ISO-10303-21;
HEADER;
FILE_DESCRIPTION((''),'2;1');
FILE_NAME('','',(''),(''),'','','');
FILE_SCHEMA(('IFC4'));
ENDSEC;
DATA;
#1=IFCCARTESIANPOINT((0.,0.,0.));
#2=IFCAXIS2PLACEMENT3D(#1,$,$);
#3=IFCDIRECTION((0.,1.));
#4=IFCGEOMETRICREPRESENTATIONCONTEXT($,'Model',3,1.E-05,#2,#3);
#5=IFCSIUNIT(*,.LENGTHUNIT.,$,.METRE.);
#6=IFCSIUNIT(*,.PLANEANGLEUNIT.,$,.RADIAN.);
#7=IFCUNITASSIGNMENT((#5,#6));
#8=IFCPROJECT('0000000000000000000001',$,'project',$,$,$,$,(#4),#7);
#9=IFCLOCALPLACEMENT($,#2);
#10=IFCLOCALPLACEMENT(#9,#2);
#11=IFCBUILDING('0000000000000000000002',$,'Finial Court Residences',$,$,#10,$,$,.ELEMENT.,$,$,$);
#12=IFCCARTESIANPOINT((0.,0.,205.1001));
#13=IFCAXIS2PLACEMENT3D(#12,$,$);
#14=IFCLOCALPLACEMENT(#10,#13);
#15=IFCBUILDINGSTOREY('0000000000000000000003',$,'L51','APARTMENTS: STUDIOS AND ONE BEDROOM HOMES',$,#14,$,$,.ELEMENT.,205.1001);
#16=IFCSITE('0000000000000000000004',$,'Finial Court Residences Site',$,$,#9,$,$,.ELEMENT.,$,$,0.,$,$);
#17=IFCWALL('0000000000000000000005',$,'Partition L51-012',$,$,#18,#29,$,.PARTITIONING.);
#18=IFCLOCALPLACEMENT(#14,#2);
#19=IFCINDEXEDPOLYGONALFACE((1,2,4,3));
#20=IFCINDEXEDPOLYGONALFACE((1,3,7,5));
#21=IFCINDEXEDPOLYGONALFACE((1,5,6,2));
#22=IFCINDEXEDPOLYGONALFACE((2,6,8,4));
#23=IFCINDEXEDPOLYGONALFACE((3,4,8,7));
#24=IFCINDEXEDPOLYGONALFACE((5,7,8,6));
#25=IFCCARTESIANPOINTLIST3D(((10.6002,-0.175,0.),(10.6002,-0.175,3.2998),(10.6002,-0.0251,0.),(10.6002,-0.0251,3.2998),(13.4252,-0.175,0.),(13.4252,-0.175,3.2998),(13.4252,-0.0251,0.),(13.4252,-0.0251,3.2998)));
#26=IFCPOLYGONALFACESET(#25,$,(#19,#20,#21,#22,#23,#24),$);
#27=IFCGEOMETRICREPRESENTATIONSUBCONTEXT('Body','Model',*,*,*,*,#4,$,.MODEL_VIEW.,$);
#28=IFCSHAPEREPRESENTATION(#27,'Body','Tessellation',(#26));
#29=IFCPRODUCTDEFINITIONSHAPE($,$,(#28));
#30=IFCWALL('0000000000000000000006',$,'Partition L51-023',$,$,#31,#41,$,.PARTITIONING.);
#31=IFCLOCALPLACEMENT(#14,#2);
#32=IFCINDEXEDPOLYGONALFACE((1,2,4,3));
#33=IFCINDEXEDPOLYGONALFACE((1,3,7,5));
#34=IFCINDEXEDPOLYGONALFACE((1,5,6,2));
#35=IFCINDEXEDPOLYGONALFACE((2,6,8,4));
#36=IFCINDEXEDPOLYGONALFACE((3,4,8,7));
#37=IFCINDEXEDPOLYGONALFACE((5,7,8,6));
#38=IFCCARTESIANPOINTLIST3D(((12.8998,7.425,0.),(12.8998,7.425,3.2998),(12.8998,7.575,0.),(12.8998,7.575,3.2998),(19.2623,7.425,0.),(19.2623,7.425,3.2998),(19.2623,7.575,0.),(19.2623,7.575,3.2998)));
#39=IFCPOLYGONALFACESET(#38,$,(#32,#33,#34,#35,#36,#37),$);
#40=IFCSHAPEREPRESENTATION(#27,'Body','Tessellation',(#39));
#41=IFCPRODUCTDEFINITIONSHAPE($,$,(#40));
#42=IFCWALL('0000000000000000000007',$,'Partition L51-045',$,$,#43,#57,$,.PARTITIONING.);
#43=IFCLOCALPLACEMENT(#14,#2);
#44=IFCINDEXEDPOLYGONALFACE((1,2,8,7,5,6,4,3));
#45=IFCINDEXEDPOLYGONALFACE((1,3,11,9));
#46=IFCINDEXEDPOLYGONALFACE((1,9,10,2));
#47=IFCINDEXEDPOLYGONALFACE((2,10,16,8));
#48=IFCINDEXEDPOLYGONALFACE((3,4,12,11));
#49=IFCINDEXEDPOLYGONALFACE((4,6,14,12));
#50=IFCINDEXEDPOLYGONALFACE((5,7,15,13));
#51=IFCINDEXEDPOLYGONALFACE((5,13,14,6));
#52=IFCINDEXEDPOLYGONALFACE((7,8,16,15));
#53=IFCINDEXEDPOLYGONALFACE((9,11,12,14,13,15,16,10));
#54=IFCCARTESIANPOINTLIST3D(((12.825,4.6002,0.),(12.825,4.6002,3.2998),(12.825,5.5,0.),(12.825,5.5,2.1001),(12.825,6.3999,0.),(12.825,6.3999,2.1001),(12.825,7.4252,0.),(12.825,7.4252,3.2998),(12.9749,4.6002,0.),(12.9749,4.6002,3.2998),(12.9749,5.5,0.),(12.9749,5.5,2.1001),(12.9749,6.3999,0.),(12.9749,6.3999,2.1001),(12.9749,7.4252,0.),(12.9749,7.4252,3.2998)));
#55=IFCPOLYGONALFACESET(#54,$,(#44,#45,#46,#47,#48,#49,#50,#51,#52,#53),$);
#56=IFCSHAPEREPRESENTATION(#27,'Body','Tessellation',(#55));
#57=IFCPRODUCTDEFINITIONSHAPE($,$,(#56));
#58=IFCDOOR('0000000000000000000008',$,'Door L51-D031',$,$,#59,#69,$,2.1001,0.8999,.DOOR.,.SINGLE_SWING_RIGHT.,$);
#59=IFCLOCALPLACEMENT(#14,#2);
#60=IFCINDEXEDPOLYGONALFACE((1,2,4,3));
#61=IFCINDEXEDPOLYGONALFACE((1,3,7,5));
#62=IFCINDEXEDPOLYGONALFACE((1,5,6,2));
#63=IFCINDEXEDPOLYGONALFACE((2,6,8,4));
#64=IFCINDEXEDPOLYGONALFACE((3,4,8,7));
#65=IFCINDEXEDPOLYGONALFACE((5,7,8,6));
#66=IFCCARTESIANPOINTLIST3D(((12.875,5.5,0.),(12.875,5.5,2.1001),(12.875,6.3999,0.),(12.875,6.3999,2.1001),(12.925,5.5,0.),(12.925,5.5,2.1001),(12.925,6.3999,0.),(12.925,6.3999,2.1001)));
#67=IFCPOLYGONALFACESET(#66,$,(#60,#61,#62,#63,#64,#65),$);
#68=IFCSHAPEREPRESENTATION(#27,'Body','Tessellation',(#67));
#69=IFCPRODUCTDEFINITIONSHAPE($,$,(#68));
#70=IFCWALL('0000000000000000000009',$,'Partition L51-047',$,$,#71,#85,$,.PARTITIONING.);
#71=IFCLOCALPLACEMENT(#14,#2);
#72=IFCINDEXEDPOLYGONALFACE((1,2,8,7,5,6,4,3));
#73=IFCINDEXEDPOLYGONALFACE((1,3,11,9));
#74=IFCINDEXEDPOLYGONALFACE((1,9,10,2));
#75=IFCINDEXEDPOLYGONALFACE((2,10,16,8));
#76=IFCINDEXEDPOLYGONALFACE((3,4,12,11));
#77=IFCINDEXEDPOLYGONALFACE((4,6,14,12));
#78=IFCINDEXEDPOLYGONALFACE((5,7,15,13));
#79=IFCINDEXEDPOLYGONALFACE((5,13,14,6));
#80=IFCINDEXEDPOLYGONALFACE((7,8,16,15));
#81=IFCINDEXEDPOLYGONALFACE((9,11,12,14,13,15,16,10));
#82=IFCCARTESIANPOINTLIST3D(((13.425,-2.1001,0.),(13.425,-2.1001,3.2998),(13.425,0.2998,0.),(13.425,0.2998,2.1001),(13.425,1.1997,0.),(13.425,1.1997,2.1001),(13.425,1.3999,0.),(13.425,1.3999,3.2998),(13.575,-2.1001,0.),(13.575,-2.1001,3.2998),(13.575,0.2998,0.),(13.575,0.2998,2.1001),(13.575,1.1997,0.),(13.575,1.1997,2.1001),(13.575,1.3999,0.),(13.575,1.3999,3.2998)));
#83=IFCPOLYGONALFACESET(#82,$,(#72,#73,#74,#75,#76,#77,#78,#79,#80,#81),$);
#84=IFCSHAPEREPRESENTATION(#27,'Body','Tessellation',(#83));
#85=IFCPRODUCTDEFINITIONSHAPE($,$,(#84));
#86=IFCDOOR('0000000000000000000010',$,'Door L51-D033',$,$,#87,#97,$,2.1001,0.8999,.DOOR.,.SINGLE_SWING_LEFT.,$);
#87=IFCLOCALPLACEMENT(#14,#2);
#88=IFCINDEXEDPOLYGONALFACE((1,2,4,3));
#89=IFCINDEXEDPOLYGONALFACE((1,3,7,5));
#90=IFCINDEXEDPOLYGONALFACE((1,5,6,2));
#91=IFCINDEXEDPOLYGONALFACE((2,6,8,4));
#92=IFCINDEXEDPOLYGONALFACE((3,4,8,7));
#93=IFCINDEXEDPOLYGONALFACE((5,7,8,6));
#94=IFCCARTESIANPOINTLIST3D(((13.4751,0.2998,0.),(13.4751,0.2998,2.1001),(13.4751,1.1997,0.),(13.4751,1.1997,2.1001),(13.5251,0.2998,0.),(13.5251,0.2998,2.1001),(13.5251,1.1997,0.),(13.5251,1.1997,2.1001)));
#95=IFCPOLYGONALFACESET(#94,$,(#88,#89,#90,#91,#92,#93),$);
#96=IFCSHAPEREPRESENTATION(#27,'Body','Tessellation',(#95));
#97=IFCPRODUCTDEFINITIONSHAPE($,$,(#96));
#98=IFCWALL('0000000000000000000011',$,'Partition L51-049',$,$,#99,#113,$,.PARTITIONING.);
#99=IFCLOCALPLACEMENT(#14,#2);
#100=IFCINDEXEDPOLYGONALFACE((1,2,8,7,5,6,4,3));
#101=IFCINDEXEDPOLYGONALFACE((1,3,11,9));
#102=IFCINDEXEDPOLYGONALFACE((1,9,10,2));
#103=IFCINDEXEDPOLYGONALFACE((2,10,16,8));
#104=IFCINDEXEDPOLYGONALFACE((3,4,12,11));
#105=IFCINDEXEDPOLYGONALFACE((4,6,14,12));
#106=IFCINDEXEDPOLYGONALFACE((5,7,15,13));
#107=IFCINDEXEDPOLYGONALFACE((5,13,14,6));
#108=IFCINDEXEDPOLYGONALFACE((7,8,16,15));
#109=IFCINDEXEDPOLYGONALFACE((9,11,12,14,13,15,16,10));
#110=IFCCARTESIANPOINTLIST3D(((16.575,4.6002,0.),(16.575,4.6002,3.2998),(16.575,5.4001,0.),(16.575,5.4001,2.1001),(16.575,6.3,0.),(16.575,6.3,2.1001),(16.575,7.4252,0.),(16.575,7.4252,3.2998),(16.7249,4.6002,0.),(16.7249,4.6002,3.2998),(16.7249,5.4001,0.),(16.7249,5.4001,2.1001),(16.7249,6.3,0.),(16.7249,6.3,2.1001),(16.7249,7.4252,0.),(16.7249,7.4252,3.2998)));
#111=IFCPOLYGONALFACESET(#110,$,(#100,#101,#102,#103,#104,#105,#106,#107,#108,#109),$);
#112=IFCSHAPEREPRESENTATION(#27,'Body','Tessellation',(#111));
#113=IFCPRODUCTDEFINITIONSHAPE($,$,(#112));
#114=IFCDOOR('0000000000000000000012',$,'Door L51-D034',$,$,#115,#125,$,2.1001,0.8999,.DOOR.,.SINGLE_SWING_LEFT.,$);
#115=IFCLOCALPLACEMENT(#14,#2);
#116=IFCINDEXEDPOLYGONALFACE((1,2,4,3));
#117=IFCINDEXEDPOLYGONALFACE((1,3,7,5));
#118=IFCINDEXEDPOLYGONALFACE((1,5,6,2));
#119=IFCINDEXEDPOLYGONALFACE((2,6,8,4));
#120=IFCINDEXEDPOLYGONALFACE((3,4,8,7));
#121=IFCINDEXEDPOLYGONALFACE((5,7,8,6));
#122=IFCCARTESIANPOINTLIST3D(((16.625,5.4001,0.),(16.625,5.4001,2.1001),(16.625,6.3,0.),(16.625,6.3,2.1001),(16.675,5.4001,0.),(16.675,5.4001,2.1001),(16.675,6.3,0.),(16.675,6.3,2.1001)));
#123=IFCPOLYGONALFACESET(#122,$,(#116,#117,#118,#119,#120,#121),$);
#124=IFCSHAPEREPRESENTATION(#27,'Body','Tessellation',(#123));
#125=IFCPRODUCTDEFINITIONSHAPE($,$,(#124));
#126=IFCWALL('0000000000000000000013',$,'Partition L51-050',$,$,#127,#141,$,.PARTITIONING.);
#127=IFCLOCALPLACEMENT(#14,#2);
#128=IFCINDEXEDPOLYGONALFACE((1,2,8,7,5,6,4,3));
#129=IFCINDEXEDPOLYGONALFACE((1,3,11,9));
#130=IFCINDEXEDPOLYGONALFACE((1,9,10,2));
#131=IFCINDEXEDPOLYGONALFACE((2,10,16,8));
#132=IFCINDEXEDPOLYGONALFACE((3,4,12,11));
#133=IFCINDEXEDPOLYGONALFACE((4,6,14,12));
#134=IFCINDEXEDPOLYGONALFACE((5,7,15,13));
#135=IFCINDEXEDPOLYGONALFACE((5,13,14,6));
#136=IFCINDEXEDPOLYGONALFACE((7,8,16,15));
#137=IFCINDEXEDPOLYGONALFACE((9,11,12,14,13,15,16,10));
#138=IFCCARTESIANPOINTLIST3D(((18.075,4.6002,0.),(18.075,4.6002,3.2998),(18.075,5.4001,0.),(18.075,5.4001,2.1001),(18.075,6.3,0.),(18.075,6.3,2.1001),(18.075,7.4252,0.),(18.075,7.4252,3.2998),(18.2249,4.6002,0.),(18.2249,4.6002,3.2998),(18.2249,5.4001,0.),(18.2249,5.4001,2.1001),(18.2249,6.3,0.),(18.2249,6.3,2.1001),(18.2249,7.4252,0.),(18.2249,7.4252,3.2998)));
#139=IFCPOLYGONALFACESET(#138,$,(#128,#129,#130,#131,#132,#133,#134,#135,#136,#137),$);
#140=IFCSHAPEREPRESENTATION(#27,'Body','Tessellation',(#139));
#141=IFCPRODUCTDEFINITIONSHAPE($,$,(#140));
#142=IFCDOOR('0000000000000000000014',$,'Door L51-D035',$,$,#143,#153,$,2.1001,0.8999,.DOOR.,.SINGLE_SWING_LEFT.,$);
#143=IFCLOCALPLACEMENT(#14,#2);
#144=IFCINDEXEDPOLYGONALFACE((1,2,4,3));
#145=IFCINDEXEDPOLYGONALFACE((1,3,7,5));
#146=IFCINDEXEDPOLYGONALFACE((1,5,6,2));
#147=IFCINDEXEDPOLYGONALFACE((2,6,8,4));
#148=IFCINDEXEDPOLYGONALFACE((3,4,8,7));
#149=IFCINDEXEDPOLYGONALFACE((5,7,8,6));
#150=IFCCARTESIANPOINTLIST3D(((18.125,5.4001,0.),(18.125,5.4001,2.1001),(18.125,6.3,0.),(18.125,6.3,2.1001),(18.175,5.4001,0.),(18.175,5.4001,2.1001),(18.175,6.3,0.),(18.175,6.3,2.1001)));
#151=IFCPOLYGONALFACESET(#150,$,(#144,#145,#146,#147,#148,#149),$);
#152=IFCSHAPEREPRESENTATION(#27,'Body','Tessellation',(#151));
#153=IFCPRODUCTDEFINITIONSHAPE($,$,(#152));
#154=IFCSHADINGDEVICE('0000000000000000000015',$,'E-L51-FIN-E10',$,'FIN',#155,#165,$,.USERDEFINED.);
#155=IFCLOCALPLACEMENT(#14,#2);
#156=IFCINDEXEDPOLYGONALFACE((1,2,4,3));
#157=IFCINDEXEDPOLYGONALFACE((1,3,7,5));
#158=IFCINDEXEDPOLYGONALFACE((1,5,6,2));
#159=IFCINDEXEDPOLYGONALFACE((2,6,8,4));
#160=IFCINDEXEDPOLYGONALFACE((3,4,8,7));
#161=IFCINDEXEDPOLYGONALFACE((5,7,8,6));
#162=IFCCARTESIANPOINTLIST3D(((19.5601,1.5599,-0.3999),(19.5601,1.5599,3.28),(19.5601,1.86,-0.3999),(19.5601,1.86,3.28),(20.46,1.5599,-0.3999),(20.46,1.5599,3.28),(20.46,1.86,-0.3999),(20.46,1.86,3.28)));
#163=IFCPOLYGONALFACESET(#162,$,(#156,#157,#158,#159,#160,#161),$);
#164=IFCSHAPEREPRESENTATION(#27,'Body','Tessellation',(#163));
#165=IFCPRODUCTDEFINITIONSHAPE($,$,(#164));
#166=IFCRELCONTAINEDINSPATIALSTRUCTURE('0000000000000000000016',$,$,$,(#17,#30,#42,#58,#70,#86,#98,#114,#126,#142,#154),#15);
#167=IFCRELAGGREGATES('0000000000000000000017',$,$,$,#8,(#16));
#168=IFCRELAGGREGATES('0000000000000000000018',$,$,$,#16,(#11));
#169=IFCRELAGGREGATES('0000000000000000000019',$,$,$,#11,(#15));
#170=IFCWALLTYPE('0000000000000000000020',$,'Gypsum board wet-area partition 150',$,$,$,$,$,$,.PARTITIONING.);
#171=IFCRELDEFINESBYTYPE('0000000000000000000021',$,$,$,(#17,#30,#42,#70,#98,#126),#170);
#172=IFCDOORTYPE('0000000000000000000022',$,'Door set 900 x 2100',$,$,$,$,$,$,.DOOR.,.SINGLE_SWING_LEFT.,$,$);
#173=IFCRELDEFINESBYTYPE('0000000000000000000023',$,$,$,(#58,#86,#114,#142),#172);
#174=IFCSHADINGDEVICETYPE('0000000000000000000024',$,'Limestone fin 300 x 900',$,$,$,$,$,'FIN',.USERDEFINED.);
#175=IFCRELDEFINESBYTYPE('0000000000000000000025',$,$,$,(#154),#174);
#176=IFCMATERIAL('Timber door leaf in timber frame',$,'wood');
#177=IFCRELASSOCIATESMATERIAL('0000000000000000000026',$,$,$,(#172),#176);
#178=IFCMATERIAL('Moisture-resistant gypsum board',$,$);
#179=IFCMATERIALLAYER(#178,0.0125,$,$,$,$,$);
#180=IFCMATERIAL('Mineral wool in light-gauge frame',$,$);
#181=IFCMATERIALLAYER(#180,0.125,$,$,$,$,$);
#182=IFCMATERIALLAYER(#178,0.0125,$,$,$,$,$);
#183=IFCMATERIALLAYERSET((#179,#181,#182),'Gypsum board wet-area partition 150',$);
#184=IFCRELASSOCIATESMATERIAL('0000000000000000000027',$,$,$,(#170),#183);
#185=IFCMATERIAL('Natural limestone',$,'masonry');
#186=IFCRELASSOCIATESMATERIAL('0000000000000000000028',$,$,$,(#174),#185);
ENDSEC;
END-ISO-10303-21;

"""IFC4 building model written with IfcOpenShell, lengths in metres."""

from ifc_helpers import new_model, si_unit, direction, frame, frame_2d, origin, origin_2d, place, context, subcontext, project, spatial, rectangle, extrude, material, layer, layer_set, type_object, element, fill, save


model = new_model("IFC4")

# Units and contexts
model_context = context("Model", 3, precision=1e-05, world=origin(), true_north=direction((0.0, 1.0)))
body_context = subcontext(model_context, "Body", "Model", "MODEL_VIEW")
ifc_project = project(units=[si_unit("LENGTHUNIT", "METRE"), si_unit("PLANEANGLEUNIT", "RADIAN")], contexts=[model_context])

# Site, building, storey
site_placement = place(None, origin())
site = spatial("IfcSite", under=ifc_project, at=site_placement, Name="Finial Court Residences Site", CompositionType="ELEMENT", RefElevation=0.0)
building_placement = place(site_placement, origin())
building = spatial("IfcBuilding", under=site, at=building_placement, Name="Finial Court Residences", CompositionType="ELEMENT")
storey_placement = place(building_placement, frame((0.0, 0.0, 205.1001)))
storey = spatial("IfcBuildingStorey", under=building, at=storey_placement, Name="L51", Description="APARTMENTS: STUDIOS AND ONE BEDROOM HOMES", CompositionType="ELEMENT", Elevation=205.1001)

# Shared definitions
ifc_material_1 = material(Name="Mineral wool in light-gauge frame")
ifc_material_2 = material(Name="Timber door leaf in timber frame", Category="wood")
door_type = type_object("IfcDoorType", Name="Door set 900 x 2100", OperationType="SINGLE_SWING_LEFT", PredefinedType="DOOR", material=ifc_material_2)

# Walls
ifc_material_3 = material(Name="Moisture-resistant gypsum board")
ifc_layer_1 = layer(ifc_material_3, 0.0125)
ifc_layer_2 = layer(ifc_material_1, 0.125)
ifc_layer_3 = layer(ifc_material_3, 0.0125)
ifc_layer_set_1 = layer_set([ifc_layer_1, ifc_layer_2, ifc_layer_3], Name="Gypsum board wet-area partition 150")
wall_type_1 = type_object("IfcWallType", Name="Gypsum board wet-area partition 150", PredefinedType="PARTITIONING", material=ifc_layer_set_1)
wall_1_placement = place(storey_placement, frame((10.6001, -0.1001, 0.0), z_axis=(0.0, 0.0, 1.0), x_axis=(1.0, 0.0, 0.0)))
element("IfcWall", 1, at=wall_1_placement, inside=storey, type_object=wall_type_1, Name="Partition L51-012", PredefinedType="PARTITIONING", context=body_context, shape_type="SweptSolid", body=[
    extrude(rectangle(XDim=2.825, YDim=0.1499, at=frame_2d((1.4126, 0.0))), origin(), (0.0, 0.0, 1.0), 3.2998),
])
wall_2_placement = place(storey_placement, frame((12.8999, 7.5, 0.0), z_axis=(0.0, 0.0, 1.0), x_axis=(1.0, 0.0, 0.0)))
element("IfcWall", 2, at=wall_2_placement, inside=storey, type_object=wall_type_1, Name="Partition L51-023", PredefinedType="PARTITIONING", context=body_context, shape_type="SweptSolid", body=[
    extrude(rectangle(XDim=6.3625, YDim=0.1499, at=frame_2d((3.1812, 0.0))), origin(), (0.0, 0.0, 1.0), 3.2998),
])

# Walls, openings, doors
wall_3_placement = place(storey_placement, frame((12.8999, 4.6001, 0.0), z_axis=(0.0, 0.0, 1.0), x_axis=(0.0, 1.0, 0.0)))
wall_3 = element("IfcWall", 3, at=wall_3_placement, inside=storey, type_object=wall_type_1, Name="Partition L51-045", PredefinedType="PARTITIONING", context=body_context, shape_type="SweptSolid", body=[
    extrude(rectangle(XDim=2.825, YDim=0.1499, at=frame_2d((1.4126, 0.0))), origin(), (0.0, 0.0, 1.0), 3.2998),
])
opening_1_placement = place(wall_3_placement, frame((0.8999, 0.0, 0.0)))
opening_1 = element("IfcOpeningElement", 4, at=opening_1_placement, cuts=wall_3, PredefinedType="OPENING", context=body_context, shape_type="SweptSolid", body=[
    extrude(rectangle(XDim=0.8999, YDim=2.1001, at=frame_2d((0.45, 1.05))), frame((0.0, 0.085, 0.0), z_axis=(0.0, -1.0, 0.0), x_axis=(1.0, 0.0, 0.0)), (0.0, 0.0, 1.0), 0.1699),
])
door_1_placement = place(opening_1_placement, origin())
door_1 = element("IfcDoor", 5, at=door_1_placement, inside=storey, type_object=door_type, Name="Door L51-D031", OperationType="SINGLE_SWING_RIGHT", OverallHeight=2.1001, OverallWidth=0.8999, PredefinedType="DOOR", context=body_context, shape_type="SweptSolid", body=[
    extrude(rectangle(XDim=0.8999, YDim=2.1001, at=frame_2d((0.45, 1.05))), frame((0.0, 0.0249, 0.0), z_axis=(0.0, -1.0, 0.0), x_axis=(1.0, 0.0, 0.0)), (0.0, 0.0, 1.0), 0.05),
])
fill(opening_1, door_1)
wall_4_placement = place(storey_placement, frame((13.5, -2.1001, 0.0), z_axis=(0.0, 0.0, 1.0), x_axis=(0.0, 1.0, 0.0)))
wall_4 = element("IfcWall", 6, at=wall_4_placement, inside=storey, type_object=wall_type_1, Name="Partition L51-047", PredefinedType="PARTITIONING", context=body_context, shape_type="SweptSolid", body=[
    extrude(rectangle(XDim=3.5, YDim=0.1499, at=frame_2d((1.75, 0.0))), origin(), (0.0, 0.0, 1.0), 3.2998),
])
opening_2_placement = place(wall_4_placement, frame((2.3999, 0.0, 0.0)))
opening_2 = element("IfcOpeningElement", 7, at=opening_2_placement, cuts=wall_4, PredefinedType="OPENING", context=body_context, shape_type="SweptSolid", body=[
    extrude(rectangle(XDim=0.8999, YDim=2.1001, at=frame_2d((0.45, 1.05))), frame((0.0, 0.085, 0.0), z_axis=(0.0, -1.0, 0.0), x_axis=(1.0, 0.0, 0.0)), (0.0, 0.0, 1.0), 0.1699),
])
door_2_placement = place(opening_2_placement, origin())
door_2 = element("IfcDoor", 8, at=door_2_placement, inside=storey, type_object=door_type, Name="Door L51-D033", OperationType="SINGLE_SWING_LEFT", OverallHeight=2.1001, OverallWidth=0.8999, PredefinedType="DOOR", context=body_context, shape_type="SweptSolid", body=[
    extrude(rectangle(XDim=0.8999, YDim=2.1001, at=frame_2d((0.45, 1.05))), frame((0.0, 0.0249, 0.0), z_axis=(0.0, -1.0, 0.0), x_axis=(1.0, 0.0, 0.0)), (0.0, 0.0, 1.0), 0.05),
])
fill(opening_2, door_2)
wall_5_placement = place(storey_placement, frame((16.6499, 4.6001, 0.0), z_axis=(0.0, 0.0, 1.0), x_axis=(0.0, 1.0, 0.0)))
wall_5 = element("IfcWall", 9, at=wall_5_placement, inside=storey, type_object=wall_type_1, Name="Partition L51-049", PredefinedType="PARTITIONING", context=body_context, shape_type="SweptSolid", body=[
    extrude(rectangle(XDim=2.825, YDim=0.1499, at=frame_2d((1.4126, 0.0))), origin(), (0.0, 0.0, 1.0), 3.2998),
])
opening_3_placement = place(wall_5_placement, frame((0.8, 0.0, 0.0)))
opening_3 = element("IfcOpeningElement", 10, at=opening_3_placement, cuts=wall_5, PredefinedType="OPENING", context=body_context, shape_type="SweptSolid", body=[
    extrude(rectangle(XDim=0.8999, YDim=2.1001, at=frame_2d((0.45, 1.05))), frame((0.0, 0.085, 0.0), z_axis=(0.0, -1.0, 0.0), x_axis=(1.0, 0.0, 0.0)), (0.0, 0.0, 1.0), 0.1699),
])
door_3_placement = place(opening_3_placement, origin())
door_3 = element("IfcDoor", 11, at=door_3_placement, inside=storey, type_object=door_type, Name="Door L51-D034", OperationType="SINGLE_SWING_LEFT", OverallHeight=2.1001, OverallWidth=0.8999, PredefinedType="DOOR", context=body_context, shape_type="SweptSolid", body=[
    extrude(rectangle(XDim=0.8999, YDim=2.1001, at=frame_2d((0.45, 1.05))), frame((0.0, 0.0249, 0.0), z_axis=(0.0, -1.0, 0.0), x_axis=(1.0, 0.0, 0.0)), (0.0, 0.0, 1.0), 0.05),
])
fill(opening_3, door_3)
wall_6_placement = place(storey_placement, frame((18.1499, 4.6001, 0.0), z_axis=(0.0, 0.0, 1.0), x_axis=(0.0, 1.0, 0.0)))
wall_6 = element("IfcWall", 12, at=wall_6_placement, inside=storey, type_object=wall_type_1, Name="Partition L51-050", PredefinedType="PARTITIONING", context=body_context, shape_type="SweptSolid", body=[
    extrude(rectangle(XDim=2.825, YDim=0.1499, at=frame_2d((1.4126, 0.0))), origin(), (0.0, 0.0, 1.0), 3.2998),
])
opening_4_placement = place(wall_6_placement, frame((0.8, 0.0, 0.0)))
opening_4 = element("IfcOpeningElement", 13, at=opening_4_placement, cuts=wall_6, PredefinedType="OPENING", context=body_context, shape_type="SweptSolid", body=[
    extrude(rectangle(XDim=0.8999, YDim=2.1001, at=frame_2d((0.45, 1.05))), frame((0.0, 0.085, 0.0), z_axis=(0.0, -1.0, 0.0), x_axis=(1.0, 0.0, 0.0)), (0.0, 0.0, 1.0), 0.1699),
])
door_4_placement = place(opening_4_placement, origin())
door_4 = element("IfcDoor", 14, at=door_4_placement, inside=storey, type_object=door_type, Name="Door L51-D035", OperationType="SINGLE_SWING_LEFT", OverallHeight=2.1001, OverallWidth=0.8999, PredefinedType="DOOR", context=body_context, shape_type="SweptSolid", body=[
    extrude(rectangle(XDim=0.8999, YDim=2.1001, at=frame_2d((0.45, 1.05))), frame((0.0, 0.0249, 0.0), z_axis=(0.0, -1.0, 0.0), x_axis=(1.0, 0.0, 0.0)), (0.0, 0.0, 1.0), 0.05),
])
fill(opening_4, door_4)

# Shading device
ifc_material_4 = material(Name="Natural limestone", Category="masonry")
shading_device_type = type_object("IfcShadingDeviceType", Name="Limestone fin 300 x 900", ElementType="FIN", PredefinedType="USERDEFINED", material=ifc_material_4)
shading_device_placement = place(storey_placement, frame((20.01, 1.71, -0.3999), z_axis=(0.0, 0.0, 1.0), x_axis=(1.0, 0.0, 0.0)))
element("IfcShadingDevice", 15, at=shading_device_placement, inside=storey, type_object=shading_device_type, Name="E-L51-FIN-E10", ObjectType="FIN", PredefinedType="USERDEFINED", context=body_context, shape_type="SweptSolid", body=[
    extrude(rectangle(XDim=0.8999, YDim=0.3, at=origin_2d()), origin(), (0.0, 0.0, 1.0), 3.6799),
])

save(model, "model.ifc")
